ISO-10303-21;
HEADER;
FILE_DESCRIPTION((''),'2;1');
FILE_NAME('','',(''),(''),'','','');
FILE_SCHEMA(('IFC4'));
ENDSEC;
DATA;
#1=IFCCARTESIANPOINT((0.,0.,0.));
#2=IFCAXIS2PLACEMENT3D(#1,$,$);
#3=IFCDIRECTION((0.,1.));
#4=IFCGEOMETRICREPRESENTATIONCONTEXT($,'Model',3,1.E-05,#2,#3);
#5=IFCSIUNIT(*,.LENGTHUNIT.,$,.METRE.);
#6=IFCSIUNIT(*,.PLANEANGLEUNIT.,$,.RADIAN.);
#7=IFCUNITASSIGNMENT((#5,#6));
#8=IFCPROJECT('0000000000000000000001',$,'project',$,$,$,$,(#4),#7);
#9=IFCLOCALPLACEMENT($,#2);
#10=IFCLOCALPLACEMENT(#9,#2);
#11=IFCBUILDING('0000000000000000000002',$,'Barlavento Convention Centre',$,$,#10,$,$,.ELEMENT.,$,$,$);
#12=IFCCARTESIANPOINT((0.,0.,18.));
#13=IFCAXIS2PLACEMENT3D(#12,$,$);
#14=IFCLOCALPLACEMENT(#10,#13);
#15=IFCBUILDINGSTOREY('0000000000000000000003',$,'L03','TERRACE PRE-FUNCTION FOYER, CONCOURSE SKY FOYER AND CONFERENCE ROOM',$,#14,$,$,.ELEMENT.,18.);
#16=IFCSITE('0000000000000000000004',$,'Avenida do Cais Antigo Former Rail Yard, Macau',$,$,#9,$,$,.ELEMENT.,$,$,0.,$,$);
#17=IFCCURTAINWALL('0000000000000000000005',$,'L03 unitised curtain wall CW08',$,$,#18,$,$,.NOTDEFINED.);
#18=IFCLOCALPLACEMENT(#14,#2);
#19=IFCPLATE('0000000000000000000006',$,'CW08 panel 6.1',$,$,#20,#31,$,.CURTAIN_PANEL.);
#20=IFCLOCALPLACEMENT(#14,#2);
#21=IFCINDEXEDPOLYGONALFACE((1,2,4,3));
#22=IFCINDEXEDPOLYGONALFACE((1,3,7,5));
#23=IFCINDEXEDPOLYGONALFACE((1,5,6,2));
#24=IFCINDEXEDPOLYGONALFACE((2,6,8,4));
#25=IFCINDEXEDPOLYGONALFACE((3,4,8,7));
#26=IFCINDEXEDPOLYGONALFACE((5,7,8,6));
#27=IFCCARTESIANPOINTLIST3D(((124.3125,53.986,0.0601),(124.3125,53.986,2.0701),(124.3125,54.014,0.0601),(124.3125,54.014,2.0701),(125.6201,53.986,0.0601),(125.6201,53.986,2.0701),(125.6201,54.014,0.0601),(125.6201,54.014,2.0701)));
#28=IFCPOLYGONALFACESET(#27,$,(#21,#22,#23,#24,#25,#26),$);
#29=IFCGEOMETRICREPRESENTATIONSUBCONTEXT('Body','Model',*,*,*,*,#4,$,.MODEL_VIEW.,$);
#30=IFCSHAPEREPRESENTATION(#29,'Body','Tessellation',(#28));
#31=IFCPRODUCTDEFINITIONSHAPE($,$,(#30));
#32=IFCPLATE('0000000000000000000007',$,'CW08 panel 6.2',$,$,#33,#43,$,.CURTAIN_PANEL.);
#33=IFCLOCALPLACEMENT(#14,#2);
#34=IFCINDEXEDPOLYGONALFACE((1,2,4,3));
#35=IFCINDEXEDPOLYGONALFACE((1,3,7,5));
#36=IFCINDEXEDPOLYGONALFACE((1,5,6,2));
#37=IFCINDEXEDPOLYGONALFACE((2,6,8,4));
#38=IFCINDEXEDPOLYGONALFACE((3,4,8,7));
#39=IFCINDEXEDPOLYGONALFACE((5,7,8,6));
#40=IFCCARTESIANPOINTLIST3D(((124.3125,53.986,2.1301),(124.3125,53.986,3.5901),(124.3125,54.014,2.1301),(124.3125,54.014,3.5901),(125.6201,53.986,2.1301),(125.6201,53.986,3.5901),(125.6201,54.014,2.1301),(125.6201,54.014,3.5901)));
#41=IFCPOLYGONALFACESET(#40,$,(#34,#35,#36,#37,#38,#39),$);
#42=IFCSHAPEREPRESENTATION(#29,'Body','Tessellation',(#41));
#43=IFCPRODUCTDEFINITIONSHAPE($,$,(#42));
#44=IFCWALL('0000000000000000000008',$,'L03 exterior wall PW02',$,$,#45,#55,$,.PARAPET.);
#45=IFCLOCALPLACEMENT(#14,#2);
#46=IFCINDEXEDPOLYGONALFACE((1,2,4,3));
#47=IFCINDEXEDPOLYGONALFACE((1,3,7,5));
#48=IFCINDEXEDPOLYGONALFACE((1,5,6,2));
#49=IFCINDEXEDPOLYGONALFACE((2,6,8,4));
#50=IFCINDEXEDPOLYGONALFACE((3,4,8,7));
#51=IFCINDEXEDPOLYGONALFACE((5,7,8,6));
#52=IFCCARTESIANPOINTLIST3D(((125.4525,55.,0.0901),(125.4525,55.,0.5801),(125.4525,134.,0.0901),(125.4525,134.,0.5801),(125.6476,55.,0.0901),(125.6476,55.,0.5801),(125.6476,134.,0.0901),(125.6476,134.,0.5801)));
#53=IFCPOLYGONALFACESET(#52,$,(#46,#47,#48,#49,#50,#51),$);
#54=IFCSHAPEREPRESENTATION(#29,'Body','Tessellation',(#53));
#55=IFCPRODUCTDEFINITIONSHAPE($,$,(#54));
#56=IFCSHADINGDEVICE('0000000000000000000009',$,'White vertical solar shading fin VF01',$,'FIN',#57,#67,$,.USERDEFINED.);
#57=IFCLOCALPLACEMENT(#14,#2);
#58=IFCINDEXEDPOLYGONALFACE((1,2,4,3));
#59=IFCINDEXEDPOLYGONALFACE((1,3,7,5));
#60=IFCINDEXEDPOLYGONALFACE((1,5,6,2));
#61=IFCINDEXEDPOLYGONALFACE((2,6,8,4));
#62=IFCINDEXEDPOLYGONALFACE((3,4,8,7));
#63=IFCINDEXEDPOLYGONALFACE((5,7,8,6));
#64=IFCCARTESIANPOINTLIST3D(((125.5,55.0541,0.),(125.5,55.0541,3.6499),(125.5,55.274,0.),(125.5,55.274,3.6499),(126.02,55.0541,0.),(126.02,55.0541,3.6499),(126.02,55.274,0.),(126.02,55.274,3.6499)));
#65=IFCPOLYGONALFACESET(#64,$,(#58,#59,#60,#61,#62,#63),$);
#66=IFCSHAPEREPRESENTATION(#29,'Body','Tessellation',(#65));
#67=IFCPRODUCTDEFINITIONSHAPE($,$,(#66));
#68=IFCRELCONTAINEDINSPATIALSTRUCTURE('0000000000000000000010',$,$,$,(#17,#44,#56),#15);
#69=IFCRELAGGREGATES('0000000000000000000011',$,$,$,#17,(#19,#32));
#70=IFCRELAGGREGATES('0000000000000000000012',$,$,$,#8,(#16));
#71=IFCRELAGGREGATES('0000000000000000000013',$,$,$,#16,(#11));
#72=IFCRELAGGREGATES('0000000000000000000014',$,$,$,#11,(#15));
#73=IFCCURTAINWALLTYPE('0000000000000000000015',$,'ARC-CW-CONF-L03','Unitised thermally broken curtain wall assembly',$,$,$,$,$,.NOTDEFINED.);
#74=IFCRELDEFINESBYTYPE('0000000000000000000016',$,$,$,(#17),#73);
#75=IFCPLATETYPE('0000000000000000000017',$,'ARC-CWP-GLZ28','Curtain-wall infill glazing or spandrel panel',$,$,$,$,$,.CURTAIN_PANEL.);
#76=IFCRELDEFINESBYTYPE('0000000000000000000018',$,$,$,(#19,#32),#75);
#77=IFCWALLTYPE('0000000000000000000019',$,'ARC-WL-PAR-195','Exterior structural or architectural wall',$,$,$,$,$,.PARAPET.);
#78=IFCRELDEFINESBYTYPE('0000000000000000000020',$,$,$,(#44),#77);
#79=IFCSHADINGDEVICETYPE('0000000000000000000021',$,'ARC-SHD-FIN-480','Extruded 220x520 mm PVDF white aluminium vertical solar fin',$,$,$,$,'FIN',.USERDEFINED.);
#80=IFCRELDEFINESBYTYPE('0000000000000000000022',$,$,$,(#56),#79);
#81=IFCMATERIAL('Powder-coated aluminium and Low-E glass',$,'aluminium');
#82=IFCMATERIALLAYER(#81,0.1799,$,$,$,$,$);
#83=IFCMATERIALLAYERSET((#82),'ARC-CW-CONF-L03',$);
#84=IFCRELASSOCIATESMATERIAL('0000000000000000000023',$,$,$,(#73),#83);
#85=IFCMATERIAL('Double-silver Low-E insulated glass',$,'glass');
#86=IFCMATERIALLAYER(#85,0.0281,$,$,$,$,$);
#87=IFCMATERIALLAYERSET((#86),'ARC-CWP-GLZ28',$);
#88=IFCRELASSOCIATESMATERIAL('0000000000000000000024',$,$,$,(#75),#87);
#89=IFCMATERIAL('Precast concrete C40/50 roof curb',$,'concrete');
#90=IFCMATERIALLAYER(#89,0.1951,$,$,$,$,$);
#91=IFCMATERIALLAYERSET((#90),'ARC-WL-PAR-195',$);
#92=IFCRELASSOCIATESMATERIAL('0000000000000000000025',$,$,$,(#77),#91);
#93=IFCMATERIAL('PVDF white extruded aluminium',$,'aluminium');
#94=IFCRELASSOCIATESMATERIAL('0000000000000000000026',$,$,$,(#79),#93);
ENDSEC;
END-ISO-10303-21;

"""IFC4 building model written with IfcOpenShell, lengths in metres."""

from ifc_helpers import new_model, si_unit, direction, frame, frame_2d, origin, origin_2d, place, context, subcontext, project, spatial, rectangle, extrude, material, layer, layer_set, type_object, element, aggregate, save


model = new_model("IFC4")

# Units and contexts
model_context = context("Model", 3, precision=1e-05, world=origin(), true_north=direction((0.0, 1.0)))
body_context = subcontext(model_context, "Body", "Model", "MODEL_VIEW")
ifc_project = project(units=[si_unit("LENGTHUNIT", "METRE"), si_unit("PLANEANGLEUNIT", "RADIAN")], contexts=[model_context])

# Site, building, storey
site_placement = place(None, origin())
site = spatial("IfcSite", under=ifc_project, at=site_placement, Name="Avenida do Cais Antigo Former Rail Yard, Macau", CompositionType="ELEMENT", RefElevation=0.0)
building_placement = place(site_placement, origin())
building = spatial("IfcBuilding", under=site, at=building_placement, Name="Barlavento Convention Centre", CompositionType="ELEMENT")
storey_placement = place(building_placement, frame((0.0, 0.0, 18.0)))
storey = spatial("IfcBuildingStorey", under=building, at=storey_placement, Name="L03", Description="TERRACE PRE-FUNCTION FOYER, CONCOURSE SKY FOYER AND CONFERENCE ROOM", CompositionType="ELEMENT", Elevation=18.0)

# Curtain wall
ifc_material_1 = material(Name="Powder-coated aluminium and Low-E glass", Category="aluminium")
ifc_layer_1 = layer(ifc_material_1, 0.1799)
ifc_layer_set_1 = layer_set([ifc_layer_1], Name="ARC-CW-CONF-L03")
curtain_wall_type = type_object("IfcCurtainWallType", Name="ARC-CW-CONF-L03", Description="Unitised thermally broken curtain wall assembly", PredefinedType="NOTDEFINED", material=ifc_layer_set_1)
curtain_wall_placement = place(storey_placement, origin())
curtain_wall = element("IfcCurtainWall", 1, at=curtain_wall_placement, inside=storey, type_object=curtain_wall_type, Name="L03 unitised curtain wall CW08", PredefinedType="NOTDEFINED")

# Plates
ifc_material_2 = material(Name="Double-silver Low-E insulated glass", Category="glass")
ifc_layer_2 = layer(ifc_material_2, 0.0281)
ifc_layer_set_2 = layer_set([ifc_layer_2], Name="ARC-CWP-GLZ28")
plate_type = type_object("IfcPlateType", Name="ARC-CWP-GLZ28", Description="Curtain-wall infill glazing or spandrel panel", PredefinedType="CURTAIN_PANEL", material=ifc_layer_set_2)
plate_1_placement = place(storey_placement, frame((124.9663, 54.0, 0.0601), z_axis=(0.0, 0.0, 1.0), x_axis=(1.0, 0.0, 0.0)))
plate_1 = element("IfcPlate", 2, at=plate_1_placement, type_object=plate_type, Name="CW08 panel 6.1", PredefinedType="CURTAIN_PANEL", context=body_context, shape_type="SweptSolid", body=[
    extrude(rectangle(XDim=1.3076, YDim=0.0281, at=origin_2d()), origin(), (0.0, 0.0, 1.0), 2.01),
])
plate_2_placement = place(storey_placement, frame((124.9663, 54.0, 2.1301), z_axis=(0.0, 0.0, 1.0), x_axis=(1.0, 0.0, 0.0)))
plate_2 = element("IfcPlate", 3, at=plate_2_placement, type_object=plate_type, Name="CW08 panel 6.2", PredefinedType="CURTAIN_PANEL", context=body_context, shape_type="SweptSolid", body=[
    extrude(rectangle(XDim=1.3076, YDim=0.0281, at=origin_2d()), origin(), (0.0, 0.0, 1.0), 1.46),
])
aggregate(curtain_wall, [plate_1, plate_2])

# Wall
ifc_material_3 = material(Name="Precast concrete C40/50 roof curb", Category="concrete")
ifc_layer_3 = layer(ifc_material_3, 0.1951)
ifc_layer_set_3 = layer_set([ifc_layer_3], Name="ARC-WL-PAR-195")
wall_type = type_object("IfcWallType", Name="ARC-WL-PAR-195", Description="Exterior structural or architectural wall", PredefinedType="PARAPET", material=ifc_layer_set_3)
wall_placement = place(storey_placement, frame((125.55, 55.0, 0.0901), z_axis=(0.0, 0.0, 1.0), x_axis=(0.0, 1.0, 0.0)))
element("IfcWall", 4, at=wall_placement, inside=storey, type_object=wall_type, Name="L03 exterior wall PW02", PredefinedType="PARAPET", context=body_context, shape_type="SweptSolid", body=[
    extrude(rectangle(XDim=79.0, YDim=0.1951, at=frame_2d((39.5, 0.0))), origin(), (0.0, 0.0, 1.0), 0.49),
])

# Shading device
ifc_material_4 = material(Name="PVDF white extruded aluminium", Category="aluminium")
shading_device_type = type_object("IfcShadingDeviceType", Name="ARC-SHD-FIN-480", Description="Extruded 220x520 mm PVDF white aluminium vertical solar fin", ElementType="FIN", PredefinedType="USERDEFINED", material=ifc_material_4)
shading_device_placement = place(storey_placement, frame((125.76, 55.1641, 0.0), z_axis=(0.0, 0.0, 1.0), x_axis=(0.0, 1.0, 0.0)))
element("IfcShadingDevice", 5, at=shading_device_placement, inside=storey, type_object=shading_device_type, Name="White vertical solar shading fin VF01", ObjectType="FIN", PredefinedType="USERDEFINED", context=body_context, shape_type="SweptSolid", body=[
    extrude(rectangle(XDim=0.22, YDim=0.52, at=origin_2d()), origin(), (0.0, 0.0, 1.0), 3.6499),
])

save(model, "model.ifc")
